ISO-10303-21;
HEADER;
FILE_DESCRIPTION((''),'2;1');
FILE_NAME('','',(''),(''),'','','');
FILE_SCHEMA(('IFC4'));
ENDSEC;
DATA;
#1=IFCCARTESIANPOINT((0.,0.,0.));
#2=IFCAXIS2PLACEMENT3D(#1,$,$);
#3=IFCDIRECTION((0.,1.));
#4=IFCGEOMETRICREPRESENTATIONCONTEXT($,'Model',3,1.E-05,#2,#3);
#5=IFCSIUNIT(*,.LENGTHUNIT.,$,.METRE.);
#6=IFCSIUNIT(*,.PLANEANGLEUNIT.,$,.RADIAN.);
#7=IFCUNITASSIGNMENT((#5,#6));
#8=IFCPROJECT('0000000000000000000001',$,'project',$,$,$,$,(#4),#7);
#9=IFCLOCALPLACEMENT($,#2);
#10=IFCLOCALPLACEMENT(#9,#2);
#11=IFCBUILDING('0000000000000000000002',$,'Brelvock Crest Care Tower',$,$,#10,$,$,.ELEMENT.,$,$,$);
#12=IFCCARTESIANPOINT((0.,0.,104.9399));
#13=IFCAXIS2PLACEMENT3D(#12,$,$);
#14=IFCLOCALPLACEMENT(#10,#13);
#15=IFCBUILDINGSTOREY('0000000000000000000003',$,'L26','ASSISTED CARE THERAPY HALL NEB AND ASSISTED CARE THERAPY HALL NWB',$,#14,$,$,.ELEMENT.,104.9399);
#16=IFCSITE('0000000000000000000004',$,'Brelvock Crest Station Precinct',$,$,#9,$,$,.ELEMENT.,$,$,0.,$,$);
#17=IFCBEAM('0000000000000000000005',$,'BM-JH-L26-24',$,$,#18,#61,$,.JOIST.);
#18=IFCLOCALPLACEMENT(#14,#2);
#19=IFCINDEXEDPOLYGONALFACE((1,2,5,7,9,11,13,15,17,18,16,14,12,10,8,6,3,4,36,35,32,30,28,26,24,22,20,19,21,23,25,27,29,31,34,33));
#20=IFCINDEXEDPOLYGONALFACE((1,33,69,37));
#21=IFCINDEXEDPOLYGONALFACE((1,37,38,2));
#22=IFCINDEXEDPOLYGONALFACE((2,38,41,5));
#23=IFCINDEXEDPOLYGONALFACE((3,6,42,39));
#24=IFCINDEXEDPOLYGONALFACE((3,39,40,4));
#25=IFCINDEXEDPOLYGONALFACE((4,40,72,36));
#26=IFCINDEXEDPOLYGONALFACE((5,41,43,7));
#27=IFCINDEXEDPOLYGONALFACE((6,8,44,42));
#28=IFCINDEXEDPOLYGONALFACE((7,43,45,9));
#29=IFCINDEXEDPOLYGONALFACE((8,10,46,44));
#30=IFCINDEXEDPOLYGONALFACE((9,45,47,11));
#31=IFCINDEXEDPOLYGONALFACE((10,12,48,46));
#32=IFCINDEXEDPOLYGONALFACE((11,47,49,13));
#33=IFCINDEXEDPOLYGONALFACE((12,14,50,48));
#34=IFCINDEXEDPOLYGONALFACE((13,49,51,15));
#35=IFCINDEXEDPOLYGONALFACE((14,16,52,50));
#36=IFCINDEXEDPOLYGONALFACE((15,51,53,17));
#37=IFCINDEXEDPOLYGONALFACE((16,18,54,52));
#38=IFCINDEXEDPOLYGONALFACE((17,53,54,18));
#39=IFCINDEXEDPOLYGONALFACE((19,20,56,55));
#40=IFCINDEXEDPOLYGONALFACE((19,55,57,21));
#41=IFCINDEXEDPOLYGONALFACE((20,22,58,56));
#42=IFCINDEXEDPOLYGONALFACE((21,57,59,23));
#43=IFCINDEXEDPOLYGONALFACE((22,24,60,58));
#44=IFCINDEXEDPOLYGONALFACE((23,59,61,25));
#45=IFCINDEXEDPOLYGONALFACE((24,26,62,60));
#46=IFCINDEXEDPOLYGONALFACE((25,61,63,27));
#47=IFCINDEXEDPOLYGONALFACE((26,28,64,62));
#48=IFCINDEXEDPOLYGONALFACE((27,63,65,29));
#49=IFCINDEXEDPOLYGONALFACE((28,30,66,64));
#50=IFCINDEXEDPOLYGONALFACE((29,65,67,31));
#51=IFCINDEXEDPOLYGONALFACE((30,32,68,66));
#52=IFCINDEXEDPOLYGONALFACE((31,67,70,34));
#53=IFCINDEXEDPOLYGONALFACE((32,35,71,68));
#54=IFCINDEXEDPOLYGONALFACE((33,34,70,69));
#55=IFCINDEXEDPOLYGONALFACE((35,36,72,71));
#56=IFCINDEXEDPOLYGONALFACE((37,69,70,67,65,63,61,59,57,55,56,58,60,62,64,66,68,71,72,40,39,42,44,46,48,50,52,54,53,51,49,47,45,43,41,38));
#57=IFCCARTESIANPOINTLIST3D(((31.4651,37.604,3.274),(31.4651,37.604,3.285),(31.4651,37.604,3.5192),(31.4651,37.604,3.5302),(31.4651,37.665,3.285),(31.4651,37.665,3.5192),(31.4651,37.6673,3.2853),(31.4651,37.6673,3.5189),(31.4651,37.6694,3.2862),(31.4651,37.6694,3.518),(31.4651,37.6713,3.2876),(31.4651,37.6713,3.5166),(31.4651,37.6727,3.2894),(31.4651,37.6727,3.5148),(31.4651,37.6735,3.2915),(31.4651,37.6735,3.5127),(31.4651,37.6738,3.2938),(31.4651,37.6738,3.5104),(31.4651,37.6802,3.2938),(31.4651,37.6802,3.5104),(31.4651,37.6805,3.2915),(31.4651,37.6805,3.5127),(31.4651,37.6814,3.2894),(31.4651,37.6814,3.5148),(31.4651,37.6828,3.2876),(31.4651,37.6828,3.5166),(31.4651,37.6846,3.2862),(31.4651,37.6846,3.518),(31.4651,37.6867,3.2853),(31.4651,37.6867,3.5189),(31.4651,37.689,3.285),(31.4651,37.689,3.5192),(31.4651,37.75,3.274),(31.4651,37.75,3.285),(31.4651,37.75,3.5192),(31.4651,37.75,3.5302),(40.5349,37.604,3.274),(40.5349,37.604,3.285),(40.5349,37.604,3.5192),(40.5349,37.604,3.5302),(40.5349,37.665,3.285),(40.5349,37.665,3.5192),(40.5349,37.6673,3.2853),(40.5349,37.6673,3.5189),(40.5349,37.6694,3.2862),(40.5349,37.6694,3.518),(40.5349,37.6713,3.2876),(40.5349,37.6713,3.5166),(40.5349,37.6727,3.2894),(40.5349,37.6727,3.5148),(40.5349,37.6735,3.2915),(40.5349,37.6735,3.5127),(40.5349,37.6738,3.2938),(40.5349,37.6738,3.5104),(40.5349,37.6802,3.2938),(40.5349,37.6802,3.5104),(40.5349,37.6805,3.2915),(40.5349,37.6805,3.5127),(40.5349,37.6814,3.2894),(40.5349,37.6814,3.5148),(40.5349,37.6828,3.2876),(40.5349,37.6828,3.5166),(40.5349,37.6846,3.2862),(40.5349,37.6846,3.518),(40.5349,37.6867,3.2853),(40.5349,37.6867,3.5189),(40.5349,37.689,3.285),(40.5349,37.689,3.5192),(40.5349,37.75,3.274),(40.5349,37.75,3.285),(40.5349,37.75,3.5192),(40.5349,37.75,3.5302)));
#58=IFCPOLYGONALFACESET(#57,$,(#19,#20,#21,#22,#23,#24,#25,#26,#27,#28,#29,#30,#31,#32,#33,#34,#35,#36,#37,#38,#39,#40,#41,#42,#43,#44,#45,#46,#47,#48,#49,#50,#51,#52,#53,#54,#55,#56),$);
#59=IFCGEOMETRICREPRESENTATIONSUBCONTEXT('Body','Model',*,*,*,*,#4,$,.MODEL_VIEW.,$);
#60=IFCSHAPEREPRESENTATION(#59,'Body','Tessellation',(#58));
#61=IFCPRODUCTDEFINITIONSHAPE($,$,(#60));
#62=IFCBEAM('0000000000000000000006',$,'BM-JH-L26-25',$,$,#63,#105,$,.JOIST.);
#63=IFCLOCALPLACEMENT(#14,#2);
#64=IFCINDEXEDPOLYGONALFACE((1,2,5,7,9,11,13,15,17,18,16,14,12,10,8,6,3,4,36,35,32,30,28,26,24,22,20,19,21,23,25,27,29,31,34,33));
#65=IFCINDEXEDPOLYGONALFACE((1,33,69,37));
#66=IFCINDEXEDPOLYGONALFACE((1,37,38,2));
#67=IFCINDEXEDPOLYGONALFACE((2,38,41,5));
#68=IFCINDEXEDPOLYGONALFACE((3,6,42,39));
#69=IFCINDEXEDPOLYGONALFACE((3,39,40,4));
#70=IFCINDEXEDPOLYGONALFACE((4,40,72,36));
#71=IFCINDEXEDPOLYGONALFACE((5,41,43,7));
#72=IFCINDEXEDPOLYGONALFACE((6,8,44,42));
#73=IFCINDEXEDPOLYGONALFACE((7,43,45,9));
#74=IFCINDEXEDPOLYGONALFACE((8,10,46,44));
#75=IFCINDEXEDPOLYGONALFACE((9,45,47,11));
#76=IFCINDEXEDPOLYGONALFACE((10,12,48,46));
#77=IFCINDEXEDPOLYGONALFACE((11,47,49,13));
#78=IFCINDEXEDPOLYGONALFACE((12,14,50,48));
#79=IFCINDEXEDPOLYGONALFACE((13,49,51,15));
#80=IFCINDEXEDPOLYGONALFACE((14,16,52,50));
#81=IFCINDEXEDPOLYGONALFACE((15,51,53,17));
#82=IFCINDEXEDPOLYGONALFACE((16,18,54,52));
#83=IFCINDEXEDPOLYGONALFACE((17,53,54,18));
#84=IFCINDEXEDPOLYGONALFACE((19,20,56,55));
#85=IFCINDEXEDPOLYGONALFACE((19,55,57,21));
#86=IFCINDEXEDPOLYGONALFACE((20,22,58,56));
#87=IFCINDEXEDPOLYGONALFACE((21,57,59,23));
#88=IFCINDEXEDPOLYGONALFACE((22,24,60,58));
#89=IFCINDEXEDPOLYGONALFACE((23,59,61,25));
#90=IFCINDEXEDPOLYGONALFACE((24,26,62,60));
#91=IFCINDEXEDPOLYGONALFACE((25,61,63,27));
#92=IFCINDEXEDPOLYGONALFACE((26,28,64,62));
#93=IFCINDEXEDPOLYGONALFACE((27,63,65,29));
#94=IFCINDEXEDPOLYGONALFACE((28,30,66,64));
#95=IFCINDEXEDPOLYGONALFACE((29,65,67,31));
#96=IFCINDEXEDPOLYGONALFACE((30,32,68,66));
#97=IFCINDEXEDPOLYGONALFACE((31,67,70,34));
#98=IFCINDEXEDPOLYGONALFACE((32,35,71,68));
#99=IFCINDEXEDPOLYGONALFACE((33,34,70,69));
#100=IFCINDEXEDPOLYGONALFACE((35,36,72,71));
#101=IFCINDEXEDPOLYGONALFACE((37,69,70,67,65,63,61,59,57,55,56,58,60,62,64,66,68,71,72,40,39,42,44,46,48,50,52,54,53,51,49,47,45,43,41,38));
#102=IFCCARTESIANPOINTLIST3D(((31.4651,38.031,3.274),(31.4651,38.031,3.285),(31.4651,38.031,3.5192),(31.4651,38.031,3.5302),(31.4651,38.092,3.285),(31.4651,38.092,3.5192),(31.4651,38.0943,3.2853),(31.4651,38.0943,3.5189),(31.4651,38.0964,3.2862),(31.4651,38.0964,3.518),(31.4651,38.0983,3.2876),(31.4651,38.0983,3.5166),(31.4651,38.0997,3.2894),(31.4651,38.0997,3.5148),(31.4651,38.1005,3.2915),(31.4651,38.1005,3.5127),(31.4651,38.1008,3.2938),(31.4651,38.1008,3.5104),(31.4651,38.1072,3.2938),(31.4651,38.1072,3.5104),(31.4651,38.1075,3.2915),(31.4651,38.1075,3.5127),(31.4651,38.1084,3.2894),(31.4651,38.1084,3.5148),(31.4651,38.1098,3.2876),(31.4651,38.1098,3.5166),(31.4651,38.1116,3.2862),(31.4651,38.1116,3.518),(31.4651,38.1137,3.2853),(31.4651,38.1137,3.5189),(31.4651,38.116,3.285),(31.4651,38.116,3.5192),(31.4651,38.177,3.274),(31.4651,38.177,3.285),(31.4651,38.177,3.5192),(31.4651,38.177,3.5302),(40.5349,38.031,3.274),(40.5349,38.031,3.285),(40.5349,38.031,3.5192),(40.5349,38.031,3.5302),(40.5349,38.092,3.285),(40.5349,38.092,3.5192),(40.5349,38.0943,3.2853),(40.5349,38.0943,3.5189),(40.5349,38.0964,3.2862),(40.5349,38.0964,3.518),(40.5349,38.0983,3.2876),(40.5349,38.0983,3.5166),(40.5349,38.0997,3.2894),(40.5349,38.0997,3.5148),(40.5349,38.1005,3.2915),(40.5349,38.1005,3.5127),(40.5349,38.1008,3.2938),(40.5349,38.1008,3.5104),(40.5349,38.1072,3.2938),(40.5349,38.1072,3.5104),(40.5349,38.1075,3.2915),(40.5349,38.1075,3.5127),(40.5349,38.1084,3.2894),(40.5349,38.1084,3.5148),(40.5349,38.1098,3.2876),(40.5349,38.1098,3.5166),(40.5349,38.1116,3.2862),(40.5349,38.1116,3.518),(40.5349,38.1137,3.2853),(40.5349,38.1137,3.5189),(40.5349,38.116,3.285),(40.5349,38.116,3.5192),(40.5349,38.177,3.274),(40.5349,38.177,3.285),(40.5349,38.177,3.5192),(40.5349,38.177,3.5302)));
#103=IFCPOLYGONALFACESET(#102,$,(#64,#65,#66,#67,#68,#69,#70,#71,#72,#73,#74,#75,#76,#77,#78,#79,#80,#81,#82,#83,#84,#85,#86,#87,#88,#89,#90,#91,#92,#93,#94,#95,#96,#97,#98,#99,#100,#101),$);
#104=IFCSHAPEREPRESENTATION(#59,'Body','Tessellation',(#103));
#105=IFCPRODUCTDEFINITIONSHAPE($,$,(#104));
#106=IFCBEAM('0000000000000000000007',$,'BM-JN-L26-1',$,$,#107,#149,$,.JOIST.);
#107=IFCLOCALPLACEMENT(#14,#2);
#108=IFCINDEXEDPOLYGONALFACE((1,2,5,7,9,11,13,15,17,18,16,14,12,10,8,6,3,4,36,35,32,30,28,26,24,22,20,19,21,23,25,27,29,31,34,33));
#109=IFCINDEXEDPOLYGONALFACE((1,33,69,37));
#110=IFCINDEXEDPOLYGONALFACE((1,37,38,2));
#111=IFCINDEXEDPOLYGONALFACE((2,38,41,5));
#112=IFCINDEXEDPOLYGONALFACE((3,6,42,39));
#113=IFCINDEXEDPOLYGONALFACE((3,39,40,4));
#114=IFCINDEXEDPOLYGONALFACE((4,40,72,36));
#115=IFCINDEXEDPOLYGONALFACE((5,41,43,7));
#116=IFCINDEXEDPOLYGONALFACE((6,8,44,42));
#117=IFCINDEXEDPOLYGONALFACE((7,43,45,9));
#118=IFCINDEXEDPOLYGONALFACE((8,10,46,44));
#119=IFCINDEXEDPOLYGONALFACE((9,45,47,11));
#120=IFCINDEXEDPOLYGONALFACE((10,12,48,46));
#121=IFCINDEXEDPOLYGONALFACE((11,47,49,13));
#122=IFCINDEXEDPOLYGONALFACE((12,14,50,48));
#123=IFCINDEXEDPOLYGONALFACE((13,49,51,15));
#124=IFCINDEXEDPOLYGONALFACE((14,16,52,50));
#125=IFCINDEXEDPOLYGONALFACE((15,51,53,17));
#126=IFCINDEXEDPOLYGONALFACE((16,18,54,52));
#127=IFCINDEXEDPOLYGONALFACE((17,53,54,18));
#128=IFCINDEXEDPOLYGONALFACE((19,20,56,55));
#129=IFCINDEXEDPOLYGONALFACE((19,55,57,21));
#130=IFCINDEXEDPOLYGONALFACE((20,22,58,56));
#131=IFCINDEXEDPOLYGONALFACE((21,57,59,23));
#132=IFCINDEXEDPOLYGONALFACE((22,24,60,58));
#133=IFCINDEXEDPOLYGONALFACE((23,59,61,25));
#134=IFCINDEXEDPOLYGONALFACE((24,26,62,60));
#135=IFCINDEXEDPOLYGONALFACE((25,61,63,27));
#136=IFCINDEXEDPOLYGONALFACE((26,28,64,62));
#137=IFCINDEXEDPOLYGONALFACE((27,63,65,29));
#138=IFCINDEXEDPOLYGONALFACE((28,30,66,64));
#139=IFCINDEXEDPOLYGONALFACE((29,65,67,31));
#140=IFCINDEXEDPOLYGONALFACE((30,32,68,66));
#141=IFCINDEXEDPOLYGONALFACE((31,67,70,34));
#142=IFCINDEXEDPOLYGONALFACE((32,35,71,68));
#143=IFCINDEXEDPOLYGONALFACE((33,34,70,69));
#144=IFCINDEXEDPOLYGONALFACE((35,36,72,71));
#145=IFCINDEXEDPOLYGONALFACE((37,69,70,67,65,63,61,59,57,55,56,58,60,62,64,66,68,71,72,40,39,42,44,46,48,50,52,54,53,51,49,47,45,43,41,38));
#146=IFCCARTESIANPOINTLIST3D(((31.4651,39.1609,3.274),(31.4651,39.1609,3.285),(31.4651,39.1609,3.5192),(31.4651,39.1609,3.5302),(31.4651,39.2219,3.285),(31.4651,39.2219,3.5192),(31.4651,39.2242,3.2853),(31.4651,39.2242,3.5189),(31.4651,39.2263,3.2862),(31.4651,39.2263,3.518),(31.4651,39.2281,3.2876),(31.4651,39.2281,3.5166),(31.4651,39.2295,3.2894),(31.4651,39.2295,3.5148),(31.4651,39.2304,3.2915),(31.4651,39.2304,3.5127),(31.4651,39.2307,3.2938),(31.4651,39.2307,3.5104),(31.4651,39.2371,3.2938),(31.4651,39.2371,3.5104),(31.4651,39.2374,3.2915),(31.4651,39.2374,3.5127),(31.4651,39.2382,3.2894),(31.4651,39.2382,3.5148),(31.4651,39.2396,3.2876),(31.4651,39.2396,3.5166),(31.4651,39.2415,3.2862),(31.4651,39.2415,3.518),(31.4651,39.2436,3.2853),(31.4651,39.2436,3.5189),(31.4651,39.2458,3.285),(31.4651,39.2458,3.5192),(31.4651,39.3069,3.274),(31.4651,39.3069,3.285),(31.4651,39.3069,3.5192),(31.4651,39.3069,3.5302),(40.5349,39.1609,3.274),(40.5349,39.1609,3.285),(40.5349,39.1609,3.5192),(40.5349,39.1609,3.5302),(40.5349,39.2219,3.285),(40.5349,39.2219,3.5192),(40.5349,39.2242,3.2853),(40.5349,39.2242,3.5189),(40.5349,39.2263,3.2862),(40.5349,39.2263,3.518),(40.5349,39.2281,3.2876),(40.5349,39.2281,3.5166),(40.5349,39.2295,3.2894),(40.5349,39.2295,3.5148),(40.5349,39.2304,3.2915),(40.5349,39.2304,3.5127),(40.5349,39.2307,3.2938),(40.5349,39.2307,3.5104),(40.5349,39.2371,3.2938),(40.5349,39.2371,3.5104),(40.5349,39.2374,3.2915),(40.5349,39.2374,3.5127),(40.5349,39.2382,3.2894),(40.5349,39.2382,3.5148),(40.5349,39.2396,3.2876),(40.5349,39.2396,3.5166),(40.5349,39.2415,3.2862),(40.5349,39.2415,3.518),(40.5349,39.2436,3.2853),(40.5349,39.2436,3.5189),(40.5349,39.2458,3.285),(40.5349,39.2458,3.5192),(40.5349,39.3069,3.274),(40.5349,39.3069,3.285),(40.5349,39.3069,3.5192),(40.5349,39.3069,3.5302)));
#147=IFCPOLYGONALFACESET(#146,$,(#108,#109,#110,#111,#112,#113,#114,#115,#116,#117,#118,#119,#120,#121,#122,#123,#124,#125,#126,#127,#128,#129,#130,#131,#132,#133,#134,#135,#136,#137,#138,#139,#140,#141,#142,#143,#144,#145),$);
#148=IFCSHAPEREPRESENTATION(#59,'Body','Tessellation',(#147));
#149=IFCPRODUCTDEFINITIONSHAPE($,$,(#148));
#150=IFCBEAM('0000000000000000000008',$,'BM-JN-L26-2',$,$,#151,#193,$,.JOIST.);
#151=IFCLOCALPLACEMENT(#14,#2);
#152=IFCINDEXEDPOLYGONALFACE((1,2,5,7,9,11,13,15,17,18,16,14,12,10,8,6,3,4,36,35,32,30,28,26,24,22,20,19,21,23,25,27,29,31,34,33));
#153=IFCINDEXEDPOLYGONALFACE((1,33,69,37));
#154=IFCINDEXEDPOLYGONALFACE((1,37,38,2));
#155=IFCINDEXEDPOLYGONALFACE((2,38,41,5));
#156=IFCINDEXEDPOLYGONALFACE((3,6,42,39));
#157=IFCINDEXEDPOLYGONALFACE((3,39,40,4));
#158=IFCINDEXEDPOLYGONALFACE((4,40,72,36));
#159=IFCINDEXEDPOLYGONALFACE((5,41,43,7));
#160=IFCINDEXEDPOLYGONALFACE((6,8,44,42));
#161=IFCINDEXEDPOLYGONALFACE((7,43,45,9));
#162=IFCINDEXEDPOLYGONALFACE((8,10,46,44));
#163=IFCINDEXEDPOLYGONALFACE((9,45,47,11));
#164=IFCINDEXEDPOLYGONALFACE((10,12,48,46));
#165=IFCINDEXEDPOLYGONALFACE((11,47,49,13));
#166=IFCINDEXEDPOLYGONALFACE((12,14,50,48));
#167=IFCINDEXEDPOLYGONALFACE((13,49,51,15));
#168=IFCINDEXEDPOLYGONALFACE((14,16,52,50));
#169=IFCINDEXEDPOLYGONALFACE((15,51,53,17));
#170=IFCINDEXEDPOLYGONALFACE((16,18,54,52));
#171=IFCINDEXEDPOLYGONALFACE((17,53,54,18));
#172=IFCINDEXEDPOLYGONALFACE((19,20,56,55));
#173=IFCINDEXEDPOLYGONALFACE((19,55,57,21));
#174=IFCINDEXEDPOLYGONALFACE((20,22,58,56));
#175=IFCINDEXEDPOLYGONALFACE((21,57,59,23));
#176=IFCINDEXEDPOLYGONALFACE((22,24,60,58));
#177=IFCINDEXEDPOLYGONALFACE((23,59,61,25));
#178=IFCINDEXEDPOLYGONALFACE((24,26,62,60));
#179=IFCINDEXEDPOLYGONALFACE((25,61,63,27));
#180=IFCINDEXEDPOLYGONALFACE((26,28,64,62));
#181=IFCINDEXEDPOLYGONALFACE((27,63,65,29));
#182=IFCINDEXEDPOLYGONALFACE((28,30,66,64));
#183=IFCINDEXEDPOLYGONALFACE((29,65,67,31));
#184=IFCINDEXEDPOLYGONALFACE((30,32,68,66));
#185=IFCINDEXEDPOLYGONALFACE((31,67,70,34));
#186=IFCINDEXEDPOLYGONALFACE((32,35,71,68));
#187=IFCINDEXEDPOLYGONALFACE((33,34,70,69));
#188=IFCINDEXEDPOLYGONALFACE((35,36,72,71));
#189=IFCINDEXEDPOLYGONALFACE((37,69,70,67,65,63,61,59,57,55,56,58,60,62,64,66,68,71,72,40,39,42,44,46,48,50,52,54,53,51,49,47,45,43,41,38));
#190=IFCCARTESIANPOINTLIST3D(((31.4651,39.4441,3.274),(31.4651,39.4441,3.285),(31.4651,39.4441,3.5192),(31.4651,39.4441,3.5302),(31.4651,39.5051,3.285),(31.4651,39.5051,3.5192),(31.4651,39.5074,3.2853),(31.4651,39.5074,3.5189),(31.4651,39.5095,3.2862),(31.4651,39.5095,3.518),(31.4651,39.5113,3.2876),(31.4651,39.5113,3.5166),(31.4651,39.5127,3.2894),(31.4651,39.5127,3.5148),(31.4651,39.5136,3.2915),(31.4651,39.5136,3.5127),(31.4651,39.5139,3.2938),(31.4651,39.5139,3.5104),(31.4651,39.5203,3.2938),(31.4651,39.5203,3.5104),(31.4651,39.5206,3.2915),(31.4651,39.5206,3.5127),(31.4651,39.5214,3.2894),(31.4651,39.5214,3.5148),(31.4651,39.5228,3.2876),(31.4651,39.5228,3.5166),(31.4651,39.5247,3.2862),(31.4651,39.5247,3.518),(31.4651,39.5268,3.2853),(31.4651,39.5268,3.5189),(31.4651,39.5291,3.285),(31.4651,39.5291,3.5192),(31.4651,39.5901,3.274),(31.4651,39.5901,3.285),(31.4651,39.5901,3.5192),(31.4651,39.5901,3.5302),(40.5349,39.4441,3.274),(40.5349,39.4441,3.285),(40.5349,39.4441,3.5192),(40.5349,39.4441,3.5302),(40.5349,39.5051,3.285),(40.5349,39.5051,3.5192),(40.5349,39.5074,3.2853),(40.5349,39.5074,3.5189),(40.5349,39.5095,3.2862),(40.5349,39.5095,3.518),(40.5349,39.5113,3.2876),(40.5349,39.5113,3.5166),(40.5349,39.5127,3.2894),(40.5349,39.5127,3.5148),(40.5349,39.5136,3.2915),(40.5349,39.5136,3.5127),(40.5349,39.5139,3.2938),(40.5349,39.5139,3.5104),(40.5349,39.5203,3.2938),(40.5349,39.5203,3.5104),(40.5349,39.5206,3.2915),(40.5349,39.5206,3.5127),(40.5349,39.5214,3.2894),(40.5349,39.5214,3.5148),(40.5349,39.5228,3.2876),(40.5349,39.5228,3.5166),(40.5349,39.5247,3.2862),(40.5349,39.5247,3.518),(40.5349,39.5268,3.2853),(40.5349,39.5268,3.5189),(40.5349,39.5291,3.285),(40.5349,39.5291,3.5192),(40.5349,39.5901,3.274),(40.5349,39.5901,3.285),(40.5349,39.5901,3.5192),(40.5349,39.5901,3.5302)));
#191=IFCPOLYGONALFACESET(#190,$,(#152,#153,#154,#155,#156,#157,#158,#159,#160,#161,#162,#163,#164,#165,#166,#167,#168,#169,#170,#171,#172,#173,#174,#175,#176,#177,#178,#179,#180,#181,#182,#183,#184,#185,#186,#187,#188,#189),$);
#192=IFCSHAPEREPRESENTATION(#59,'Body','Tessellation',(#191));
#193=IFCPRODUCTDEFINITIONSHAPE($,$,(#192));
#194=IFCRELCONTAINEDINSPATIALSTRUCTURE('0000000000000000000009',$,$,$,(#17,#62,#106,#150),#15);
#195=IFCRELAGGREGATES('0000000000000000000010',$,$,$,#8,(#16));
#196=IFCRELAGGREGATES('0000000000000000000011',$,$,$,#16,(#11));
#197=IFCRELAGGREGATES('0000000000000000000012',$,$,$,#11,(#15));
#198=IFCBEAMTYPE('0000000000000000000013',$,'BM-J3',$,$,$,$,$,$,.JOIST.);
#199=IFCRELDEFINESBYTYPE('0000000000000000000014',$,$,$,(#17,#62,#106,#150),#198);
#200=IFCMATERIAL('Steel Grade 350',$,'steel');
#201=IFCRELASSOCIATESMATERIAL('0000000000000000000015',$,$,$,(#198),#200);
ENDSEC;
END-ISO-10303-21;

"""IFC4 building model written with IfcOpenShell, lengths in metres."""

from ifc_helpers import new_model, si_unit, direction, frame, origin, origin_2d, place, context, subcontext, project, spatial, i_section, extrude, source, transform, mapped, material, material_profile, profile_set, type_object, element, save


model = new_model("IFC4")

# Units and contexts
model_context = context("Model", 3, precision=1e-05, world=origin(), true_north=direction((0.0, 1.0)))
body_context = subcontext(model_context, "Body", "Model", "MODEL_VIEW")
ifc_project = project(units=[si_unit("LENGTHUNIT", "METRE"), si_unit("PLANEANGLEUNIT", "RADIAN")], contexts=[model_context])

# Site, building, storey
site_placement = place(None, origin())
site = spatial("IfcSite", under=ifc_project, at=site_placement, Name="Brelvock Crest Station Precinct", CompositionType="ELEMENT", RefElevation=0.0)
building_placement = place(site_placement, origin())
building = spatial("IfcBuilding", under=site, at=building_placement, Name="Brelvock Crest Care Tower", CompositionType="ELEMENT")
storey_placement = place(building_placement, frame((0.0, 0.0, 104.9399)))
storey = spatial("IfcBuildingStorey", under=building, at=storey_placement, Name="L26", Description="ASSISTED CARE THERAPY HALL NEB AND ASSISTED CARE THERAPY HALL NWB", CompositionType="ELEMENT", Elevation=104.9399)

# Beams
ifc_material_1 = material(Name="Steel Grade 350", Category="steel")
ifc_material_profile_1 = material_profile(ifc_material_1, i_section(OverallWidth=0.146, OverallDepth=0.2561, WebThickness=0.0063, FlangeThickness=0.011, FilletRadius=0.0088, at=origin_2d()), Name="250UB37.3")
ifc_profile_set_1 = profile_set([ifc_material_profile_1], Name="Steel Grade 350")
beam_type_1 = type_object("IfcBeamType", Name="BM-J3", PredefinedType="JOIST", material=ifc_profile_set_1)
shared_shape_1 = source(origin(), body_context, "Body", "SweptSolid", [
    extrude(i_section(OverallWidth=0.146, OverallDepth=0.2561, WebThickness=0.0063, FlangeThickness=0.011, FilletRadius=0.0088, at=origin_2d()), origin(), (0.0, 0.0, 1.0), 9.0698),
])
for number, where, z_axis, x_axis, name in (
    (1, (31.4651, 37.677, 3.4021), (1.0, 0.0, 0.0), (0.0, 1.0, 0.0), "BM-JH-L26-24"),
    (2, (31.4651, 38.104, 3.4021), (1.0, 0.0, 0.0), (0.0, 1.0, 0.0), "BM-JH-L26-25"),
    (3, (31.4651, 39.2339, 3.4021), (1.0, 0.0, 0.0), (0.0, 1.0, 0.0), "BM-JN-L26-1"),
    (4, (31.4651, 39.5171, 3.4021), (1.0, 0.0, 0.0), (0.0, 1.0, 0.0), "BM-JN-L26-2"),
):
    element("IfcBeam", number, at=place(storey_placement, frame(where, z_axis=z_axis, x_axis=x_axis)), inside=storey, type_object=beam_type_1, Name=name, PredefinedType="JOIST", context=body_context, shape_type="MappedRepresentation", body=[
        mapped(shared_shape_1, transform((0.0, 0.0, 0.0), x_axis=(1.0, 0.0, 0.0), y_axis=(0.0, 1.0, 0.0), z_axis=(0.0, 0.0, 1.0), scale=1.0)),
    ])

save(model, "model.ifc")
